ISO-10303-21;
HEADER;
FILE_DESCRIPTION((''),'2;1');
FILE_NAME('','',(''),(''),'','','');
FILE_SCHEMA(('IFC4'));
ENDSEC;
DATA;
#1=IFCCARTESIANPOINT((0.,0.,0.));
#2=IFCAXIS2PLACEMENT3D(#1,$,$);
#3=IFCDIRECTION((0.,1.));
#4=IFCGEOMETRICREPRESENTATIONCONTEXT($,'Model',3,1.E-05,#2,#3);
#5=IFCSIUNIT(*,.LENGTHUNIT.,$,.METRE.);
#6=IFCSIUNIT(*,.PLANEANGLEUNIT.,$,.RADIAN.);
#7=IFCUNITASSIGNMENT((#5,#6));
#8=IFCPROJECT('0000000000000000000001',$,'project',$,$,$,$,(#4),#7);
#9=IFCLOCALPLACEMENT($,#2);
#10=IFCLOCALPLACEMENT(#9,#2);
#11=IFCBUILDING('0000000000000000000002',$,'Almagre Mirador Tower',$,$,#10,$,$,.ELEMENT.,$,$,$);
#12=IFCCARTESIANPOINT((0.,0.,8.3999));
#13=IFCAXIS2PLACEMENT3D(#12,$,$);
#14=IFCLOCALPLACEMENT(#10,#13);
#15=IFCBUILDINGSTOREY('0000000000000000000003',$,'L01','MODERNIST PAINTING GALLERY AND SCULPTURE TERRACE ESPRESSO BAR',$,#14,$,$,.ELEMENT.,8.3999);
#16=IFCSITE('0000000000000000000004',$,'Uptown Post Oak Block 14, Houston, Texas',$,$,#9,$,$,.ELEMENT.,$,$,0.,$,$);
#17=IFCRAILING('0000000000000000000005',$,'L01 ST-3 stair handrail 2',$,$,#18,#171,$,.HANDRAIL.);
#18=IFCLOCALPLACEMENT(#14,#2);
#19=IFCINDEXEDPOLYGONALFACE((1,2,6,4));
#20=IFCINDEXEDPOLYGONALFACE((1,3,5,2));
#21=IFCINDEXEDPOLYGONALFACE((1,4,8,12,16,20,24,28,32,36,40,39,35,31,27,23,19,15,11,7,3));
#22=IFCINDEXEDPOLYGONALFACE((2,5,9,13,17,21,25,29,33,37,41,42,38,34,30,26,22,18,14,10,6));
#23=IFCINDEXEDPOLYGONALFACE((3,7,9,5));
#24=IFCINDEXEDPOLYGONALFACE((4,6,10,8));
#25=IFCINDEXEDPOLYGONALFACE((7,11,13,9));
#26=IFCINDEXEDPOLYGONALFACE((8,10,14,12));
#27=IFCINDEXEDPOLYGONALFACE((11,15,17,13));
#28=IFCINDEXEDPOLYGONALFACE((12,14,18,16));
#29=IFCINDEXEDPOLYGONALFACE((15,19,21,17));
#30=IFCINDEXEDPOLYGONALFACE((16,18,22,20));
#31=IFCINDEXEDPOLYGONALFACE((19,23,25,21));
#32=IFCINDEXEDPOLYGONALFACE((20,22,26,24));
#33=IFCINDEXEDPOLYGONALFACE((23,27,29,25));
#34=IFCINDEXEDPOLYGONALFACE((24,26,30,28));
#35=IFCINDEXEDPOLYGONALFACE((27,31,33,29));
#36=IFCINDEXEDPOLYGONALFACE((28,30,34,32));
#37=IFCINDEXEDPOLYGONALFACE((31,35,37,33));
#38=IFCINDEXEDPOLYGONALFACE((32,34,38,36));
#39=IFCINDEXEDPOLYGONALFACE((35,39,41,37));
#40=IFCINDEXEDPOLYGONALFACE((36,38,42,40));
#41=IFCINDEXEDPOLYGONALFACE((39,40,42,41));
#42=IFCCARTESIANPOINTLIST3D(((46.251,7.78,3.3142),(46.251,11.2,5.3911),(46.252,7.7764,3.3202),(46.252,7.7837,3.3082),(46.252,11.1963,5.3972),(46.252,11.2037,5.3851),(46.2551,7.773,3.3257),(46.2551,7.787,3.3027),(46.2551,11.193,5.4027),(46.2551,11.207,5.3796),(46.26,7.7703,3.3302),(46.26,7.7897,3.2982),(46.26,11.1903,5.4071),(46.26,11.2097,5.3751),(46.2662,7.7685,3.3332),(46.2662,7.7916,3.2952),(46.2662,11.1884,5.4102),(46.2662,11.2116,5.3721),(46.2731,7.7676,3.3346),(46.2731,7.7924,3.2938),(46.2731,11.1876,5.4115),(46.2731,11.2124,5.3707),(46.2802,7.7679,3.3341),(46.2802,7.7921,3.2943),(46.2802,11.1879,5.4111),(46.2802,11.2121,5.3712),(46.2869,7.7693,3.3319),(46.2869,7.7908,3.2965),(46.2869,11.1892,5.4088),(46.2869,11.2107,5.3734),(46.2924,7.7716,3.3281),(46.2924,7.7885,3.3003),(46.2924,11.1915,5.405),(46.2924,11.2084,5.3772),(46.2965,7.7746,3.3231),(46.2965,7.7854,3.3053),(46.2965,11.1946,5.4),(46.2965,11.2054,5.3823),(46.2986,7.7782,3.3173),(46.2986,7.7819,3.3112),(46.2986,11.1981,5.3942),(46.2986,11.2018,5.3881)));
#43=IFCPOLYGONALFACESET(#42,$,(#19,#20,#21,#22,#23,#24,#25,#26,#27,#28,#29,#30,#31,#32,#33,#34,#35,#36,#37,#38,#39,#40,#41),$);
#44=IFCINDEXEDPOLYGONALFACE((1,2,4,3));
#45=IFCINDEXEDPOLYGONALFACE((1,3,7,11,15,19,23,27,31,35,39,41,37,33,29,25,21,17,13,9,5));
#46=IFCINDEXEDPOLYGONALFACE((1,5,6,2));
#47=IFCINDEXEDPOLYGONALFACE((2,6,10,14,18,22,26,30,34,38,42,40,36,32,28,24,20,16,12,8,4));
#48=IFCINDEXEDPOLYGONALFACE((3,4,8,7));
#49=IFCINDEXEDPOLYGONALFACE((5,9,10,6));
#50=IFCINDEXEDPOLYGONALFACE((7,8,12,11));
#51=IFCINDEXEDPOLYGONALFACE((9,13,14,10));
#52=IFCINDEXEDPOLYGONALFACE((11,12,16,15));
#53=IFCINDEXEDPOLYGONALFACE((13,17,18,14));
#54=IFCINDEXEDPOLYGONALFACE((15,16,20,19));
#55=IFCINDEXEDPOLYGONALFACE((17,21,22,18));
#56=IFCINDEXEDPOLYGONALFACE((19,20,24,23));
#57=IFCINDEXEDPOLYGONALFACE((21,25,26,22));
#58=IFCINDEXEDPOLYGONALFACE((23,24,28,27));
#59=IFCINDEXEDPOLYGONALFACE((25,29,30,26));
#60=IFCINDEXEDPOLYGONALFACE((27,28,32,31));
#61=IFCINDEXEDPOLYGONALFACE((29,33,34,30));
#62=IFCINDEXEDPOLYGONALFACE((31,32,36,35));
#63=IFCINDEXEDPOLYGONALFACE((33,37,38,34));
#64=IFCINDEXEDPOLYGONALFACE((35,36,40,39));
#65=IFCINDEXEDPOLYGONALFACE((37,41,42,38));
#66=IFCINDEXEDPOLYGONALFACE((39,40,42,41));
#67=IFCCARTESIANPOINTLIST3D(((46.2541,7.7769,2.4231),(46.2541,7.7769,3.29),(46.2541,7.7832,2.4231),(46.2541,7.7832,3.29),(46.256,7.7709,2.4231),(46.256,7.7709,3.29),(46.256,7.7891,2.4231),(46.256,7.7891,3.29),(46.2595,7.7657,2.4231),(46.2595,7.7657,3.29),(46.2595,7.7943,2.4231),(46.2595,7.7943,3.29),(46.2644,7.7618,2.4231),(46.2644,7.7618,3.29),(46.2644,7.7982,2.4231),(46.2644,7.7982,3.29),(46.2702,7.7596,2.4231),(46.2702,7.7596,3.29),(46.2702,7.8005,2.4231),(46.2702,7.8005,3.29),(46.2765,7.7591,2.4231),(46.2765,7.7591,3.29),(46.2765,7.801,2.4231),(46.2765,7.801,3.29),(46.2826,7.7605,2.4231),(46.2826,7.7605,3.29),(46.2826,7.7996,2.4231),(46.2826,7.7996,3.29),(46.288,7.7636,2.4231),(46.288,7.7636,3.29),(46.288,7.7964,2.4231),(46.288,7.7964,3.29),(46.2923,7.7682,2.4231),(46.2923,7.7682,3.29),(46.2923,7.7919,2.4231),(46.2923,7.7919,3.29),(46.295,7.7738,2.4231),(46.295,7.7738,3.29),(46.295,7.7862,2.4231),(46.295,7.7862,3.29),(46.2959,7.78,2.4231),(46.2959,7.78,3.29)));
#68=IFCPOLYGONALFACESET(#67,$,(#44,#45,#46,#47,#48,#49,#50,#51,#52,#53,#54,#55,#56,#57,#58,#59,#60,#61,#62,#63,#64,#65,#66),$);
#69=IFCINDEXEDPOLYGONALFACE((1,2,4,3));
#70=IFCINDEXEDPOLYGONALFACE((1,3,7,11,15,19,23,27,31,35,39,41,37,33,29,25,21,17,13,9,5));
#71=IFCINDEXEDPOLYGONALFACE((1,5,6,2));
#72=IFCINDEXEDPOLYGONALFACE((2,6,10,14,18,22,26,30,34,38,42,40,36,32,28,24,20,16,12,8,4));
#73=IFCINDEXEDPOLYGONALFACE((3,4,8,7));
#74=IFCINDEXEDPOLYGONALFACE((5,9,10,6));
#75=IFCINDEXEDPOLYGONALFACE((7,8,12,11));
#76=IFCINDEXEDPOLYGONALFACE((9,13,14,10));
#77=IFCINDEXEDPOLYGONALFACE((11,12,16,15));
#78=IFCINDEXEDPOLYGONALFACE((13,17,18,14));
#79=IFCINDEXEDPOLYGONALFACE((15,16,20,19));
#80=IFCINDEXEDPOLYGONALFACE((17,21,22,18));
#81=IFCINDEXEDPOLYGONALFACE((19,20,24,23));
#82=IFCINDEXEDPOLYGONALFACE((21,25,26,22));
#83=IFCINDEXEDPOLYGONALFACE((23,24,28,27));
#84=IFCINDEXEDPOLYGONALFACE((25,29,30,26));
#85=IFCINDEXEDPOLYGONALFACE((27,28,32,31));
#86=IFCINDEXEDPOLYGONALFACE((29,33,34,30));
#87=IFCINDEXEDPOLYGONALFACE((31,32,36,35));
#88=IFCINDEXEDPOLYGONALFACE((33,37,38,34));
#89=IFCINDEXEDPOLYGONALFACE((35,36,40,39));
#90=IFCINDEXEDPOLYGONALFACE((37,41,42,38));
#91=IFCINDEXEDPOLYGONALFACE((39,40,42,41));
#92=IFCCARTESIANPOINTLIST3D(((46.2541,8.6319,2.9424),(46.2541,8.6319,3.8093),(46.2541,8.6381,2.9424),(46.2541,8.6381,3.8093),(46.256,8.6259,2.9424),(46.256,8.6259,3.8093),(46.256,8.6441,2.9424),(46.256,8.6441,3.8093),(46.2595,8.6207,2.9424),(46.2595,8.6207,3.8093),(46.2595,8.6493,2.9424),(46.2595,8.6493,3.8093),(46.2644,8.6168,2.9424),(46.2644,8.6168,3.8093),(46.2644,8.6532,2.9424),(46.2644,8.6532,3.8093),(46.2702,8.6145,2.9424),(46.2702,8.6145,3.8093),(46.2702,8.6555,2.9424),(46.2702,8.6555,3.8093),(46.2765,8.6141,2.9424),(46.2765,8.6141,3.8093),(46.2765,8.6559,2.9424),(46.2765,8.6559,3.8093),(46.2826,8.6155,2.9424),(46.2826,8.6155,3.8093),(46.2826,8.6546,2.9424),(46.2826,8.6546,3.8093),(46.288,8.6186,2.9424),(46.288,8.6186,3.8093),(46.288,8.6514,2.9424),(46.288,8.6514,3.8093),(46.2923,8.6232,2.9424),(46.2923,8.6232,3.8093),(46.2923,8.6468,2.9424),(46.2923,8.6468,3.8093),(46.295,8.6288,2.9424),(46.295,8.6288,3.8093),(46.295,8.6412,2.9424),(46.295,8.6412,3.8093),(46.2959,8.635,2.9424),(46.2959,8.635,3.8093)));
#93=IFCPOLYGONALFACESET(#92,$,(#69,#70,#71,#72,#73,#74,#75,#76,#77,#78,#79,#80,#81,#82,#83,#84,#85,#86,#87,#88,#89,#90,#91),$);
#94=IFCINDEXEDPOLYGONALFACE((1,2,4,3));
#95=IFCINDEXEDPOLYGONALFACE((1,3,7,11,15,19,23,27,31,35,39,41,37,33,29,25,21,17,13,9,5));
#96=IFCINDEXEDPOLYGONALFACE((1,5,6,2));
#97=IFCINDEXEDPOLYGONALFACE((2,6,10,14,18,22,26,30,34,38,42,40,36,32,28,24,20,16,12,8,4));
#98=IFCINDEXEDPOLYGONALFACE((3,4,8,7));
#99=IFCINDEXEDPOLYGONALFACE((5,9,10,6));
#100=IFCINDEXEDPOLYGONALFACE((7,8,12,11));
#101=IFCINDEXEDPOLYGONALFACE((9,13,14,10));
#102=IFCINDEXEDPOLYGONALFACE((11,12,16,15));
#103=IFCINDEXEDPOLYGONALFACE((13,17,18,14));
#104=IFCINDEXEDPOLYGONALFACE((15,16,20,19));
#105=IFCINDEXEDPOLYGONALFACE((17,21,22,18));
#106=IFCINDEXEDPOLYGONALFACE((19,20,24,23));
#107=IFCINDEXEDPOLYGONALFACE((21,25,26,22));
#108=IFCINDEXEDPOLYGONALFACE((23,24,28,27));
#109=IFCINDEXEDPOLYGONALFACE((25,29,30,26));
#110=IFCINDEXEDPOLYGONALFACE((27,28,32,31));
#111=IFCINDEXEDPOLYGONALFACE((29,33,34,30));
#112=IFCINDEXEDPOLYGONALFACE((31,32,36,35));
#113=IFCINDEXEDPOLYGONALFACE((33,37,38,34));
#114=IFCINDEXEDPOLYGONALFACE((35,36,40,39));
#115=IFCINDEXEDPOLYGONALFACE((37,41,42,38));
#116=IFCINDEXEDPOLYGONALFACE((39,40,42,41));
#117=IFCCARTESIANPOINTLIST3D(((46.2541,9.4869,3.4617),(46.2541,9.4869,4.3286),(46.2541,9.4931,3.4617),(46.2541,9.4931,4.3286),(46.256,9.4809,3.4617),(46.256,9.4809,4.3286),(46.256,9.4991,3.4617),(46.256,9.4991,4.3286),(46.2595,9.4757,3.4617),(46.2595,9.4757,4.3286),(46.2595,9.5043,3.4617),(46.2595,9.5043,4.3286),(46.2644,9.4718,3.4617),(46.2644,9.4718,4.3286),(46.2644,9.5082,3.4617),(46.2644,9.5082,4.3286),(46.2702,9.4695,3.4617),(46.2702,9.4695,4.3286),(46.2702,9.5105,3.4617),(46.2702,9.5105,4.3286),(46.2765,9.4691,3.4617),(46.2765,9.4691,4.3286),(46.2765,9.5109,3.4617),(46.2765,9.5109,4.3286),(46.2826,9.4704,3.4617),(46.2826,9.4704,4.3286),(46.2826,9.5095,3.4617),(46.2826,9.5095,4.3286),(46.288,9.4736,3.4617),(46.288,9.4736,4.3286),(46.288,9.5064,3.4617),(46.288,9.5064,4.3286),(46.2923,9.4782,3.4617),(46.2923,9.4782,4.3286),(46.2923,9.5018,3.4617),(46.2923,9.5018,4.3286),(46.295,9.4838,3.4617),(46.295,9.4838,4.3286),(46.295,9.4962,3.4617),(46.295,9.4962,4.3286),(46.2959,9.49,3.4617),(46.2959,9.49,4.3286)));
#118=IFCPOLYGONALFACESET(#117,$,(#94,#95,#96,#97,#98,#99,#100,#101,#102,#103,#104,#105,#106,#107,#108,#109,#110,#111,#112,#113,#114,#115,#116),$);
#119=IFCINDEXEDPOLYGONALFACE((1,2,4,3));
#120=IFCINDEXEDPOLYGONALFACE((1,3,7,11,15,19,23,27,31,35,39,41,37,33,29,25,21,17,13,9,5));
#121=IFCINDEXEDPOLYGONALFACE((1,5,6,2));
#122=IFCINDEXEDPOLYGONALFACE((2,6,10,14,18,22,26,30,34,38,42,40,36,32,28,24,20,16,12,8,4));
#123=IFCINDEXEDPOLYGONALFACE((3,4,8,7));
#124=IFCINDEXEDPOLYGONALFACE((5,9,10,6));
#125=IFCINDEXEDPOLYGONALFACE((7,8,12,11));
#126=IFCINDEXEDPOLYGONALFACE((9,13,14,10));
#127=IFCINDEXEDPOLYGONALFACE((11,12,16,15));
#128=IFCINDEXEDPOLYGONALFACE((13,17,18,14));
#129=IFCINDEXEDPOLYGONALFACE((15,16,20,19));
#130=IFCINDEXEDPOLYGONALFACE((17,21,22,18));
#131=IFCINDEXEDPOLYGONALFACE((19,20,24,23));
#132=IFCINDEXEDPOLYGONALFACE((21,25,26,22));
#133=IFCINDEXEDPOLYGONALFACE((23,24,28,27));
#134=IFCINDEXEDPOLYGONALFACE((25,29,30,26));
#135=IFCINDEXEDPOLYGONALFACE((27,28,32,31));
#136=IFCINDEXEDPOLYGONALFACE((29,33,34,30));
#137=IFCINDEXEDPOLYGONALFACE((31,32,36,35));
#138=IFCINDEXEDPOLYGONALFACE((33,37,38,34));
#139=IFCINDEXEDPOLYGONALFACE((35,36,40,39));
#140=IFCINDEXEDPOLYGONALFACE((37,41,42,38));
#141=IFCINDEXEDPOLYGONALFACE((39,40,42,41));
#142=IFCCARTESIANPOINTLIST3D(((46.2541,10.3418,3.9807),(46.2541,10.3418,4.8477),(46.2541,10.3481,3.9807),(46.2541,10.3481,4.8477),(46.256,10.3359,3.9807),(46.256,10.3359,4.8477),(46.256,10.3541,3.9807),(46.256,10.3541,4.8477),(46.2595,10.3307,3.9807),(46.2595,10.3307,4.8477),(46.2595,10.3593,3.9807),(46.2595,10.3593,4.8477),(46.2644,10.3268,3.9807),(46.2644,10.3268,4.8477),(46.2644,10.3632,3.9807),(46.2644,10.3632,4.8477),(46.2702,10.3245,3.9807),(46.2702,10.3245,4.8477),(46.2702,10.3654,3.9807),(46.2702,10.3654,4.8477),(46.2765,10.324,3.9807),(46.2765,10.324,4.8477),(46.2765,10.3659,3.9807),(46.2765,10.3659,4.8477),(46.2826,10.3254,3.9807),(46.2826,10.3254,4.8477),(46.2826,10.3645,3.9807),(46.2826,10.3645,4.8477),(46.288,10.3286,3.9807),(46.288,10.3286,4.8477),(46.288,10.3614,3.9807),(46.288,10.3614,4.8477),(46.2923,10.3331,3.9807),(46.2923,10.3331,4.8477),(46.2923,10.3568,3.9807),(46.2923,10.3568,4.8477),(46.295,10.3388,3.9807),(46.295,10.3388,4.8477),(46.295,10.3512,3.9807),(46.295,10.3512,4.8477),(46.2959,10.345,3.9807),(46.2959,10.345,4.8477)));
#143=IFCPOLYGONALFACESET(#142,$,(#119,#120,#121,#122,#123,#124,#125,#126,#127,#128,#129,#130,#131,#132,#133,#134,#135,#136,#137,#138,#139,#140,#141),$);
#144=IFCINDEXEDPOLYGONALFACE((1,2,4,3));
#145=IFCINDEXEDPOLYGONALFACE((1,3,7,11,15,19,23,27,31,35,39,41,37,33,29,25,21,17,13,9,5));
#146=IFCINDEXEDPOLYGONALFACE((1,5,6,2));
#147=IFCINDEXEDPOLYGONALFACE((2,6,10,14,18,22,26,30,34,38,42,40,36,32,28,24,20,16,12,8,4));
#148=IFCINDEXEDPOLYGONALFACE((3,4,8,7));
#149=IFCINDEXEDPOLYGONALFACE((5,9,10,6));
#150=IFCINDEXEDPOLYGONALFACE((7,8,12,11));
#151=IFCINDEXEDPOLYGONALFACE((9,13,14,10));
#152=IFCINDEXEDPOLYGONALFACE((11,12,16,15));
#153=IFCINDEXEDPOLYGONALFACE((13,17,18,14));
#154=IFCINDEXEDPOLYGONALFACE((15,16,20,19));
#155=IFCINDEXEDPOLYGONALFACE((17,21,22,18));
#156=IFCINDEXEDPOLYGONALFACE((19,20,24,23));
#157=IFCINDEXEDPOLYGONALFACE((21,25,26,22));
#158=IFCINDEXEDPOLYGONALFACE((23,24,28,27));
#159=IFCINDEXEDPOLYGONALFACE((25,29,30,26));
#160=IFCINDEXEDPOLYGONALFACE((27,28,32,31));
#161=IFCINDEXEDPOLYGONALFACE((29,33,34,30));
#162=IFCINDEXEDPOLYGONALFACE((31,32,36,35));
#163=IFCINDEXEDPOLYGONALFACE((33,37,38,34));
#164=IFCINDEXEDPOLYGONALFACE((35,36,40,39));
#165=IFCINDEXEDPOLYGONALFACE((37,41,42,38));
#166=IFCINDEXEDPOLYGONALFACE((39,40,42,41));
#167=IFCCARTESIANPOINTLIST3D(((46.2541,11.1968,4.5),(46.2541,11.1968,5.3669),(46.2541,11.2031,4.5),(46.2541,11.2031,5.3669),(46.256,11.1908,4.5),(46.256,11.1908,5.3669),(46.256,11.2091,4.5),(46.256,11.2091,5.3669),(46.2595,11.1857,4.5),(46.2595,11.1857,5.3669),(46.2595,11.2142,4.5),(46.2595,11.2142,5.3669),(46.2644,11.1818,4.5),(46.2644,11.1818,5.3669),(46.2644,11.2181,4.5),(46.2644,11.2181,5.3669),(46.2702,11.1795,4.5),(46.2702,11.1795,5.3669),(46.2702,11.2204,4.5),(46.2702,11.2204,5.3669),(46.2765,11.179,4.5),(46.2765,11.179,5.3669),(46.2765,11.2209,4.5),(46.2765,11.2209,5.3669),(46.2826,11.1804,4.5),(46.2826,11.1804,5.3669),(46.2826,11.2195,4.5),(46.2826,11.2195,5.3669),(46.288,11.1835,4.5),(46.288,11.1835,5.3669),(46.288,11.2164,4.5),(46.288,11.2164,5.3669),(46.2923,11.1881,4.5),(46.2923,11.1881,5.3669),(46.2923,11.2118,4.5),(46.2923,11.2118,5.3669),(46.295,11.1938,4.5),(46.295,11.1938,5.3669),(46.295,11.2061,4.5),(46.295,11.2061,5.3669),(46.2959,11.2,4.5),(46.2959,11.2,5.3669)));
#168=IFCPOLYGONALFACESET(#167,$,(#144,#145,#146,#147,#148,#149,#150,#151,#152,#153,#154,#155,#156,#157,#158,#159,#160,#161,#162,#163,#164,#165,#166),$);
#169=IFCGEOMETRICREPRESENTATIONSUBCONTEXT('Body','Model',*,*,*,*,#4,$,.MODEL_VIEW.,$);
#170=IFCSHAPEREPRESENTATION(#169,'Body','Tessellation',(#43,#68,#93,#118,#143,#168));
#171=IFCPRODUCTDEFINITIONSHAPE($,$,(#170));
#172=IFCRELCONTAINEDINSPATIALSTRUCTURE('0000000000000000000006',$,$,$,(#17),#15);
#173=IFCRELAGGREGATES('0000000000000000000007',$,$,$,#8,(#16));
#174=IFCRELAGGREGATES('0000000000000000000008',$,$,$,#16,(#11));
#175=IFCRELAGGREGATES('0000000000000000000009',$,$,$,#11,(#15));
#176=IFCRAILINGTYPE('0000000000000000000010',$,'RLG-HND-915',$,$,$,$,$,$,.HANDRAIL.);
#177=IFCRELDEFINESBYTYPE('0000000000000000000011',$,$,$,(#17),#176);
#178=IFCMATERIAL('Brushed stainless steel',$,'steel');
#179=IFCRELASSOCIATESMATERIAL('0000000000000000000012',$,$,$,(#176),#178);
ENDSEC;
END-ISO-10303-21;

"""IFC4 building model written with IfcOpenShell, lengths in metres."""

from ifc_helpers import new_model, si_unit, direction, frame, origin, origin_2d, place, context, subcontext, project, spatial, circle, extrude, material, type_object, element, save


model = new_model("IFC4")

# Units and contexts
model_context = context("Model", 3, precision=1e-05, world=origin(), true_north=direction((0.0, 1.0)))
body_context = subcontext(model_context, "Body", "Model", "MODEL_VIEW")
ifc_project = project(units=[si_unit("LENGTHUNIT", "METRE"), si_unit("PLANEANGLEUNIT", "RADIAN")], contexts=[model_context])

# Site, building, storey
site_placement = place(None, origin())
site = spatial("IfcSite", under=ifc_project, at=site_placement, Name="Uptown Post Oak Block 14, Houston, Texas", CompositionType="ELEMENT", RefElevation=0.0)
building_placement = place(site_placement, origin())
building = spatial("IfcBuilding", under=site, at=building_placement, Name="Almagre Mirador Tower", CompositionType="ELEMENT")
storey_placement = place(building_placement, frame((0.0, 0.0, 8.3999)))
storey = spatial("IfcBuildingStorey", under=building, at=storey_placement, Name="L01", Description="MODERNIST PAINTING GALLERY AND SCULPTURE TERRACE ESPRESSO BAR", CompositionType="ELEMENT", Elevation=8.3999)

# Railing
ifc_material_1 = material(Name="Brushed stainless steel", Category="steel")
railing_type_1 = type_object("IfcRailingType", Name="RLG-HND-915", PredefinedType="HANDRAIL", material=ifc_material_1)
railing_1_placement = place(storey_placement, frame((46.2749, 7.78, 2.4231)))
element("IfcRailing", 1, at=railing_1_placement, inside=storey, type_object=railing_type_1, Name="L01 ST-3 stair handrail 2", PredefinedType="HANDRAIL", context=body_context, shape_type="SweptSolid", body=[
    extrude(circle(Radius=0.0239, at=origin_2d()), frame((0.0, 0.0, 0.8911), z_axis=(0.0, 0.85473, 0.519074), x_axis=(-1.0, 0.0, 0.0)), (0.0, 0.0, 1.0), 4.0012),
    extrude(circle(Radius=0.021, at=origin_2d()), origin(), (0.0, 0.0, 1.0), 0.8669),
    extrude(circle(Radius=0.021, at=origin_2d()), frame((0.0, 0.855, 0.5193)), (0.0, 0.0, 1.0), 0.8669),
    extrude(circle(Radius=0.021, at=origin_2d()), frame((0.0, 1.71, 1.0386)), (0.0, 0.0, 1.0), 0.8669),
    extrude(circle(Radius=0.021, at=origin_2d()), frame((0.0, 2.5649, 1.5576)), (0.0, 0.0, 1.0), 0.8669),
    extrude(circle(Radius=0.021, at=origin_2d()), frame((0.0, 3.4199, 2.0769)), (0.0, 0.0, 1.0), 0.8669),
])

save(model, "model.ifc")
